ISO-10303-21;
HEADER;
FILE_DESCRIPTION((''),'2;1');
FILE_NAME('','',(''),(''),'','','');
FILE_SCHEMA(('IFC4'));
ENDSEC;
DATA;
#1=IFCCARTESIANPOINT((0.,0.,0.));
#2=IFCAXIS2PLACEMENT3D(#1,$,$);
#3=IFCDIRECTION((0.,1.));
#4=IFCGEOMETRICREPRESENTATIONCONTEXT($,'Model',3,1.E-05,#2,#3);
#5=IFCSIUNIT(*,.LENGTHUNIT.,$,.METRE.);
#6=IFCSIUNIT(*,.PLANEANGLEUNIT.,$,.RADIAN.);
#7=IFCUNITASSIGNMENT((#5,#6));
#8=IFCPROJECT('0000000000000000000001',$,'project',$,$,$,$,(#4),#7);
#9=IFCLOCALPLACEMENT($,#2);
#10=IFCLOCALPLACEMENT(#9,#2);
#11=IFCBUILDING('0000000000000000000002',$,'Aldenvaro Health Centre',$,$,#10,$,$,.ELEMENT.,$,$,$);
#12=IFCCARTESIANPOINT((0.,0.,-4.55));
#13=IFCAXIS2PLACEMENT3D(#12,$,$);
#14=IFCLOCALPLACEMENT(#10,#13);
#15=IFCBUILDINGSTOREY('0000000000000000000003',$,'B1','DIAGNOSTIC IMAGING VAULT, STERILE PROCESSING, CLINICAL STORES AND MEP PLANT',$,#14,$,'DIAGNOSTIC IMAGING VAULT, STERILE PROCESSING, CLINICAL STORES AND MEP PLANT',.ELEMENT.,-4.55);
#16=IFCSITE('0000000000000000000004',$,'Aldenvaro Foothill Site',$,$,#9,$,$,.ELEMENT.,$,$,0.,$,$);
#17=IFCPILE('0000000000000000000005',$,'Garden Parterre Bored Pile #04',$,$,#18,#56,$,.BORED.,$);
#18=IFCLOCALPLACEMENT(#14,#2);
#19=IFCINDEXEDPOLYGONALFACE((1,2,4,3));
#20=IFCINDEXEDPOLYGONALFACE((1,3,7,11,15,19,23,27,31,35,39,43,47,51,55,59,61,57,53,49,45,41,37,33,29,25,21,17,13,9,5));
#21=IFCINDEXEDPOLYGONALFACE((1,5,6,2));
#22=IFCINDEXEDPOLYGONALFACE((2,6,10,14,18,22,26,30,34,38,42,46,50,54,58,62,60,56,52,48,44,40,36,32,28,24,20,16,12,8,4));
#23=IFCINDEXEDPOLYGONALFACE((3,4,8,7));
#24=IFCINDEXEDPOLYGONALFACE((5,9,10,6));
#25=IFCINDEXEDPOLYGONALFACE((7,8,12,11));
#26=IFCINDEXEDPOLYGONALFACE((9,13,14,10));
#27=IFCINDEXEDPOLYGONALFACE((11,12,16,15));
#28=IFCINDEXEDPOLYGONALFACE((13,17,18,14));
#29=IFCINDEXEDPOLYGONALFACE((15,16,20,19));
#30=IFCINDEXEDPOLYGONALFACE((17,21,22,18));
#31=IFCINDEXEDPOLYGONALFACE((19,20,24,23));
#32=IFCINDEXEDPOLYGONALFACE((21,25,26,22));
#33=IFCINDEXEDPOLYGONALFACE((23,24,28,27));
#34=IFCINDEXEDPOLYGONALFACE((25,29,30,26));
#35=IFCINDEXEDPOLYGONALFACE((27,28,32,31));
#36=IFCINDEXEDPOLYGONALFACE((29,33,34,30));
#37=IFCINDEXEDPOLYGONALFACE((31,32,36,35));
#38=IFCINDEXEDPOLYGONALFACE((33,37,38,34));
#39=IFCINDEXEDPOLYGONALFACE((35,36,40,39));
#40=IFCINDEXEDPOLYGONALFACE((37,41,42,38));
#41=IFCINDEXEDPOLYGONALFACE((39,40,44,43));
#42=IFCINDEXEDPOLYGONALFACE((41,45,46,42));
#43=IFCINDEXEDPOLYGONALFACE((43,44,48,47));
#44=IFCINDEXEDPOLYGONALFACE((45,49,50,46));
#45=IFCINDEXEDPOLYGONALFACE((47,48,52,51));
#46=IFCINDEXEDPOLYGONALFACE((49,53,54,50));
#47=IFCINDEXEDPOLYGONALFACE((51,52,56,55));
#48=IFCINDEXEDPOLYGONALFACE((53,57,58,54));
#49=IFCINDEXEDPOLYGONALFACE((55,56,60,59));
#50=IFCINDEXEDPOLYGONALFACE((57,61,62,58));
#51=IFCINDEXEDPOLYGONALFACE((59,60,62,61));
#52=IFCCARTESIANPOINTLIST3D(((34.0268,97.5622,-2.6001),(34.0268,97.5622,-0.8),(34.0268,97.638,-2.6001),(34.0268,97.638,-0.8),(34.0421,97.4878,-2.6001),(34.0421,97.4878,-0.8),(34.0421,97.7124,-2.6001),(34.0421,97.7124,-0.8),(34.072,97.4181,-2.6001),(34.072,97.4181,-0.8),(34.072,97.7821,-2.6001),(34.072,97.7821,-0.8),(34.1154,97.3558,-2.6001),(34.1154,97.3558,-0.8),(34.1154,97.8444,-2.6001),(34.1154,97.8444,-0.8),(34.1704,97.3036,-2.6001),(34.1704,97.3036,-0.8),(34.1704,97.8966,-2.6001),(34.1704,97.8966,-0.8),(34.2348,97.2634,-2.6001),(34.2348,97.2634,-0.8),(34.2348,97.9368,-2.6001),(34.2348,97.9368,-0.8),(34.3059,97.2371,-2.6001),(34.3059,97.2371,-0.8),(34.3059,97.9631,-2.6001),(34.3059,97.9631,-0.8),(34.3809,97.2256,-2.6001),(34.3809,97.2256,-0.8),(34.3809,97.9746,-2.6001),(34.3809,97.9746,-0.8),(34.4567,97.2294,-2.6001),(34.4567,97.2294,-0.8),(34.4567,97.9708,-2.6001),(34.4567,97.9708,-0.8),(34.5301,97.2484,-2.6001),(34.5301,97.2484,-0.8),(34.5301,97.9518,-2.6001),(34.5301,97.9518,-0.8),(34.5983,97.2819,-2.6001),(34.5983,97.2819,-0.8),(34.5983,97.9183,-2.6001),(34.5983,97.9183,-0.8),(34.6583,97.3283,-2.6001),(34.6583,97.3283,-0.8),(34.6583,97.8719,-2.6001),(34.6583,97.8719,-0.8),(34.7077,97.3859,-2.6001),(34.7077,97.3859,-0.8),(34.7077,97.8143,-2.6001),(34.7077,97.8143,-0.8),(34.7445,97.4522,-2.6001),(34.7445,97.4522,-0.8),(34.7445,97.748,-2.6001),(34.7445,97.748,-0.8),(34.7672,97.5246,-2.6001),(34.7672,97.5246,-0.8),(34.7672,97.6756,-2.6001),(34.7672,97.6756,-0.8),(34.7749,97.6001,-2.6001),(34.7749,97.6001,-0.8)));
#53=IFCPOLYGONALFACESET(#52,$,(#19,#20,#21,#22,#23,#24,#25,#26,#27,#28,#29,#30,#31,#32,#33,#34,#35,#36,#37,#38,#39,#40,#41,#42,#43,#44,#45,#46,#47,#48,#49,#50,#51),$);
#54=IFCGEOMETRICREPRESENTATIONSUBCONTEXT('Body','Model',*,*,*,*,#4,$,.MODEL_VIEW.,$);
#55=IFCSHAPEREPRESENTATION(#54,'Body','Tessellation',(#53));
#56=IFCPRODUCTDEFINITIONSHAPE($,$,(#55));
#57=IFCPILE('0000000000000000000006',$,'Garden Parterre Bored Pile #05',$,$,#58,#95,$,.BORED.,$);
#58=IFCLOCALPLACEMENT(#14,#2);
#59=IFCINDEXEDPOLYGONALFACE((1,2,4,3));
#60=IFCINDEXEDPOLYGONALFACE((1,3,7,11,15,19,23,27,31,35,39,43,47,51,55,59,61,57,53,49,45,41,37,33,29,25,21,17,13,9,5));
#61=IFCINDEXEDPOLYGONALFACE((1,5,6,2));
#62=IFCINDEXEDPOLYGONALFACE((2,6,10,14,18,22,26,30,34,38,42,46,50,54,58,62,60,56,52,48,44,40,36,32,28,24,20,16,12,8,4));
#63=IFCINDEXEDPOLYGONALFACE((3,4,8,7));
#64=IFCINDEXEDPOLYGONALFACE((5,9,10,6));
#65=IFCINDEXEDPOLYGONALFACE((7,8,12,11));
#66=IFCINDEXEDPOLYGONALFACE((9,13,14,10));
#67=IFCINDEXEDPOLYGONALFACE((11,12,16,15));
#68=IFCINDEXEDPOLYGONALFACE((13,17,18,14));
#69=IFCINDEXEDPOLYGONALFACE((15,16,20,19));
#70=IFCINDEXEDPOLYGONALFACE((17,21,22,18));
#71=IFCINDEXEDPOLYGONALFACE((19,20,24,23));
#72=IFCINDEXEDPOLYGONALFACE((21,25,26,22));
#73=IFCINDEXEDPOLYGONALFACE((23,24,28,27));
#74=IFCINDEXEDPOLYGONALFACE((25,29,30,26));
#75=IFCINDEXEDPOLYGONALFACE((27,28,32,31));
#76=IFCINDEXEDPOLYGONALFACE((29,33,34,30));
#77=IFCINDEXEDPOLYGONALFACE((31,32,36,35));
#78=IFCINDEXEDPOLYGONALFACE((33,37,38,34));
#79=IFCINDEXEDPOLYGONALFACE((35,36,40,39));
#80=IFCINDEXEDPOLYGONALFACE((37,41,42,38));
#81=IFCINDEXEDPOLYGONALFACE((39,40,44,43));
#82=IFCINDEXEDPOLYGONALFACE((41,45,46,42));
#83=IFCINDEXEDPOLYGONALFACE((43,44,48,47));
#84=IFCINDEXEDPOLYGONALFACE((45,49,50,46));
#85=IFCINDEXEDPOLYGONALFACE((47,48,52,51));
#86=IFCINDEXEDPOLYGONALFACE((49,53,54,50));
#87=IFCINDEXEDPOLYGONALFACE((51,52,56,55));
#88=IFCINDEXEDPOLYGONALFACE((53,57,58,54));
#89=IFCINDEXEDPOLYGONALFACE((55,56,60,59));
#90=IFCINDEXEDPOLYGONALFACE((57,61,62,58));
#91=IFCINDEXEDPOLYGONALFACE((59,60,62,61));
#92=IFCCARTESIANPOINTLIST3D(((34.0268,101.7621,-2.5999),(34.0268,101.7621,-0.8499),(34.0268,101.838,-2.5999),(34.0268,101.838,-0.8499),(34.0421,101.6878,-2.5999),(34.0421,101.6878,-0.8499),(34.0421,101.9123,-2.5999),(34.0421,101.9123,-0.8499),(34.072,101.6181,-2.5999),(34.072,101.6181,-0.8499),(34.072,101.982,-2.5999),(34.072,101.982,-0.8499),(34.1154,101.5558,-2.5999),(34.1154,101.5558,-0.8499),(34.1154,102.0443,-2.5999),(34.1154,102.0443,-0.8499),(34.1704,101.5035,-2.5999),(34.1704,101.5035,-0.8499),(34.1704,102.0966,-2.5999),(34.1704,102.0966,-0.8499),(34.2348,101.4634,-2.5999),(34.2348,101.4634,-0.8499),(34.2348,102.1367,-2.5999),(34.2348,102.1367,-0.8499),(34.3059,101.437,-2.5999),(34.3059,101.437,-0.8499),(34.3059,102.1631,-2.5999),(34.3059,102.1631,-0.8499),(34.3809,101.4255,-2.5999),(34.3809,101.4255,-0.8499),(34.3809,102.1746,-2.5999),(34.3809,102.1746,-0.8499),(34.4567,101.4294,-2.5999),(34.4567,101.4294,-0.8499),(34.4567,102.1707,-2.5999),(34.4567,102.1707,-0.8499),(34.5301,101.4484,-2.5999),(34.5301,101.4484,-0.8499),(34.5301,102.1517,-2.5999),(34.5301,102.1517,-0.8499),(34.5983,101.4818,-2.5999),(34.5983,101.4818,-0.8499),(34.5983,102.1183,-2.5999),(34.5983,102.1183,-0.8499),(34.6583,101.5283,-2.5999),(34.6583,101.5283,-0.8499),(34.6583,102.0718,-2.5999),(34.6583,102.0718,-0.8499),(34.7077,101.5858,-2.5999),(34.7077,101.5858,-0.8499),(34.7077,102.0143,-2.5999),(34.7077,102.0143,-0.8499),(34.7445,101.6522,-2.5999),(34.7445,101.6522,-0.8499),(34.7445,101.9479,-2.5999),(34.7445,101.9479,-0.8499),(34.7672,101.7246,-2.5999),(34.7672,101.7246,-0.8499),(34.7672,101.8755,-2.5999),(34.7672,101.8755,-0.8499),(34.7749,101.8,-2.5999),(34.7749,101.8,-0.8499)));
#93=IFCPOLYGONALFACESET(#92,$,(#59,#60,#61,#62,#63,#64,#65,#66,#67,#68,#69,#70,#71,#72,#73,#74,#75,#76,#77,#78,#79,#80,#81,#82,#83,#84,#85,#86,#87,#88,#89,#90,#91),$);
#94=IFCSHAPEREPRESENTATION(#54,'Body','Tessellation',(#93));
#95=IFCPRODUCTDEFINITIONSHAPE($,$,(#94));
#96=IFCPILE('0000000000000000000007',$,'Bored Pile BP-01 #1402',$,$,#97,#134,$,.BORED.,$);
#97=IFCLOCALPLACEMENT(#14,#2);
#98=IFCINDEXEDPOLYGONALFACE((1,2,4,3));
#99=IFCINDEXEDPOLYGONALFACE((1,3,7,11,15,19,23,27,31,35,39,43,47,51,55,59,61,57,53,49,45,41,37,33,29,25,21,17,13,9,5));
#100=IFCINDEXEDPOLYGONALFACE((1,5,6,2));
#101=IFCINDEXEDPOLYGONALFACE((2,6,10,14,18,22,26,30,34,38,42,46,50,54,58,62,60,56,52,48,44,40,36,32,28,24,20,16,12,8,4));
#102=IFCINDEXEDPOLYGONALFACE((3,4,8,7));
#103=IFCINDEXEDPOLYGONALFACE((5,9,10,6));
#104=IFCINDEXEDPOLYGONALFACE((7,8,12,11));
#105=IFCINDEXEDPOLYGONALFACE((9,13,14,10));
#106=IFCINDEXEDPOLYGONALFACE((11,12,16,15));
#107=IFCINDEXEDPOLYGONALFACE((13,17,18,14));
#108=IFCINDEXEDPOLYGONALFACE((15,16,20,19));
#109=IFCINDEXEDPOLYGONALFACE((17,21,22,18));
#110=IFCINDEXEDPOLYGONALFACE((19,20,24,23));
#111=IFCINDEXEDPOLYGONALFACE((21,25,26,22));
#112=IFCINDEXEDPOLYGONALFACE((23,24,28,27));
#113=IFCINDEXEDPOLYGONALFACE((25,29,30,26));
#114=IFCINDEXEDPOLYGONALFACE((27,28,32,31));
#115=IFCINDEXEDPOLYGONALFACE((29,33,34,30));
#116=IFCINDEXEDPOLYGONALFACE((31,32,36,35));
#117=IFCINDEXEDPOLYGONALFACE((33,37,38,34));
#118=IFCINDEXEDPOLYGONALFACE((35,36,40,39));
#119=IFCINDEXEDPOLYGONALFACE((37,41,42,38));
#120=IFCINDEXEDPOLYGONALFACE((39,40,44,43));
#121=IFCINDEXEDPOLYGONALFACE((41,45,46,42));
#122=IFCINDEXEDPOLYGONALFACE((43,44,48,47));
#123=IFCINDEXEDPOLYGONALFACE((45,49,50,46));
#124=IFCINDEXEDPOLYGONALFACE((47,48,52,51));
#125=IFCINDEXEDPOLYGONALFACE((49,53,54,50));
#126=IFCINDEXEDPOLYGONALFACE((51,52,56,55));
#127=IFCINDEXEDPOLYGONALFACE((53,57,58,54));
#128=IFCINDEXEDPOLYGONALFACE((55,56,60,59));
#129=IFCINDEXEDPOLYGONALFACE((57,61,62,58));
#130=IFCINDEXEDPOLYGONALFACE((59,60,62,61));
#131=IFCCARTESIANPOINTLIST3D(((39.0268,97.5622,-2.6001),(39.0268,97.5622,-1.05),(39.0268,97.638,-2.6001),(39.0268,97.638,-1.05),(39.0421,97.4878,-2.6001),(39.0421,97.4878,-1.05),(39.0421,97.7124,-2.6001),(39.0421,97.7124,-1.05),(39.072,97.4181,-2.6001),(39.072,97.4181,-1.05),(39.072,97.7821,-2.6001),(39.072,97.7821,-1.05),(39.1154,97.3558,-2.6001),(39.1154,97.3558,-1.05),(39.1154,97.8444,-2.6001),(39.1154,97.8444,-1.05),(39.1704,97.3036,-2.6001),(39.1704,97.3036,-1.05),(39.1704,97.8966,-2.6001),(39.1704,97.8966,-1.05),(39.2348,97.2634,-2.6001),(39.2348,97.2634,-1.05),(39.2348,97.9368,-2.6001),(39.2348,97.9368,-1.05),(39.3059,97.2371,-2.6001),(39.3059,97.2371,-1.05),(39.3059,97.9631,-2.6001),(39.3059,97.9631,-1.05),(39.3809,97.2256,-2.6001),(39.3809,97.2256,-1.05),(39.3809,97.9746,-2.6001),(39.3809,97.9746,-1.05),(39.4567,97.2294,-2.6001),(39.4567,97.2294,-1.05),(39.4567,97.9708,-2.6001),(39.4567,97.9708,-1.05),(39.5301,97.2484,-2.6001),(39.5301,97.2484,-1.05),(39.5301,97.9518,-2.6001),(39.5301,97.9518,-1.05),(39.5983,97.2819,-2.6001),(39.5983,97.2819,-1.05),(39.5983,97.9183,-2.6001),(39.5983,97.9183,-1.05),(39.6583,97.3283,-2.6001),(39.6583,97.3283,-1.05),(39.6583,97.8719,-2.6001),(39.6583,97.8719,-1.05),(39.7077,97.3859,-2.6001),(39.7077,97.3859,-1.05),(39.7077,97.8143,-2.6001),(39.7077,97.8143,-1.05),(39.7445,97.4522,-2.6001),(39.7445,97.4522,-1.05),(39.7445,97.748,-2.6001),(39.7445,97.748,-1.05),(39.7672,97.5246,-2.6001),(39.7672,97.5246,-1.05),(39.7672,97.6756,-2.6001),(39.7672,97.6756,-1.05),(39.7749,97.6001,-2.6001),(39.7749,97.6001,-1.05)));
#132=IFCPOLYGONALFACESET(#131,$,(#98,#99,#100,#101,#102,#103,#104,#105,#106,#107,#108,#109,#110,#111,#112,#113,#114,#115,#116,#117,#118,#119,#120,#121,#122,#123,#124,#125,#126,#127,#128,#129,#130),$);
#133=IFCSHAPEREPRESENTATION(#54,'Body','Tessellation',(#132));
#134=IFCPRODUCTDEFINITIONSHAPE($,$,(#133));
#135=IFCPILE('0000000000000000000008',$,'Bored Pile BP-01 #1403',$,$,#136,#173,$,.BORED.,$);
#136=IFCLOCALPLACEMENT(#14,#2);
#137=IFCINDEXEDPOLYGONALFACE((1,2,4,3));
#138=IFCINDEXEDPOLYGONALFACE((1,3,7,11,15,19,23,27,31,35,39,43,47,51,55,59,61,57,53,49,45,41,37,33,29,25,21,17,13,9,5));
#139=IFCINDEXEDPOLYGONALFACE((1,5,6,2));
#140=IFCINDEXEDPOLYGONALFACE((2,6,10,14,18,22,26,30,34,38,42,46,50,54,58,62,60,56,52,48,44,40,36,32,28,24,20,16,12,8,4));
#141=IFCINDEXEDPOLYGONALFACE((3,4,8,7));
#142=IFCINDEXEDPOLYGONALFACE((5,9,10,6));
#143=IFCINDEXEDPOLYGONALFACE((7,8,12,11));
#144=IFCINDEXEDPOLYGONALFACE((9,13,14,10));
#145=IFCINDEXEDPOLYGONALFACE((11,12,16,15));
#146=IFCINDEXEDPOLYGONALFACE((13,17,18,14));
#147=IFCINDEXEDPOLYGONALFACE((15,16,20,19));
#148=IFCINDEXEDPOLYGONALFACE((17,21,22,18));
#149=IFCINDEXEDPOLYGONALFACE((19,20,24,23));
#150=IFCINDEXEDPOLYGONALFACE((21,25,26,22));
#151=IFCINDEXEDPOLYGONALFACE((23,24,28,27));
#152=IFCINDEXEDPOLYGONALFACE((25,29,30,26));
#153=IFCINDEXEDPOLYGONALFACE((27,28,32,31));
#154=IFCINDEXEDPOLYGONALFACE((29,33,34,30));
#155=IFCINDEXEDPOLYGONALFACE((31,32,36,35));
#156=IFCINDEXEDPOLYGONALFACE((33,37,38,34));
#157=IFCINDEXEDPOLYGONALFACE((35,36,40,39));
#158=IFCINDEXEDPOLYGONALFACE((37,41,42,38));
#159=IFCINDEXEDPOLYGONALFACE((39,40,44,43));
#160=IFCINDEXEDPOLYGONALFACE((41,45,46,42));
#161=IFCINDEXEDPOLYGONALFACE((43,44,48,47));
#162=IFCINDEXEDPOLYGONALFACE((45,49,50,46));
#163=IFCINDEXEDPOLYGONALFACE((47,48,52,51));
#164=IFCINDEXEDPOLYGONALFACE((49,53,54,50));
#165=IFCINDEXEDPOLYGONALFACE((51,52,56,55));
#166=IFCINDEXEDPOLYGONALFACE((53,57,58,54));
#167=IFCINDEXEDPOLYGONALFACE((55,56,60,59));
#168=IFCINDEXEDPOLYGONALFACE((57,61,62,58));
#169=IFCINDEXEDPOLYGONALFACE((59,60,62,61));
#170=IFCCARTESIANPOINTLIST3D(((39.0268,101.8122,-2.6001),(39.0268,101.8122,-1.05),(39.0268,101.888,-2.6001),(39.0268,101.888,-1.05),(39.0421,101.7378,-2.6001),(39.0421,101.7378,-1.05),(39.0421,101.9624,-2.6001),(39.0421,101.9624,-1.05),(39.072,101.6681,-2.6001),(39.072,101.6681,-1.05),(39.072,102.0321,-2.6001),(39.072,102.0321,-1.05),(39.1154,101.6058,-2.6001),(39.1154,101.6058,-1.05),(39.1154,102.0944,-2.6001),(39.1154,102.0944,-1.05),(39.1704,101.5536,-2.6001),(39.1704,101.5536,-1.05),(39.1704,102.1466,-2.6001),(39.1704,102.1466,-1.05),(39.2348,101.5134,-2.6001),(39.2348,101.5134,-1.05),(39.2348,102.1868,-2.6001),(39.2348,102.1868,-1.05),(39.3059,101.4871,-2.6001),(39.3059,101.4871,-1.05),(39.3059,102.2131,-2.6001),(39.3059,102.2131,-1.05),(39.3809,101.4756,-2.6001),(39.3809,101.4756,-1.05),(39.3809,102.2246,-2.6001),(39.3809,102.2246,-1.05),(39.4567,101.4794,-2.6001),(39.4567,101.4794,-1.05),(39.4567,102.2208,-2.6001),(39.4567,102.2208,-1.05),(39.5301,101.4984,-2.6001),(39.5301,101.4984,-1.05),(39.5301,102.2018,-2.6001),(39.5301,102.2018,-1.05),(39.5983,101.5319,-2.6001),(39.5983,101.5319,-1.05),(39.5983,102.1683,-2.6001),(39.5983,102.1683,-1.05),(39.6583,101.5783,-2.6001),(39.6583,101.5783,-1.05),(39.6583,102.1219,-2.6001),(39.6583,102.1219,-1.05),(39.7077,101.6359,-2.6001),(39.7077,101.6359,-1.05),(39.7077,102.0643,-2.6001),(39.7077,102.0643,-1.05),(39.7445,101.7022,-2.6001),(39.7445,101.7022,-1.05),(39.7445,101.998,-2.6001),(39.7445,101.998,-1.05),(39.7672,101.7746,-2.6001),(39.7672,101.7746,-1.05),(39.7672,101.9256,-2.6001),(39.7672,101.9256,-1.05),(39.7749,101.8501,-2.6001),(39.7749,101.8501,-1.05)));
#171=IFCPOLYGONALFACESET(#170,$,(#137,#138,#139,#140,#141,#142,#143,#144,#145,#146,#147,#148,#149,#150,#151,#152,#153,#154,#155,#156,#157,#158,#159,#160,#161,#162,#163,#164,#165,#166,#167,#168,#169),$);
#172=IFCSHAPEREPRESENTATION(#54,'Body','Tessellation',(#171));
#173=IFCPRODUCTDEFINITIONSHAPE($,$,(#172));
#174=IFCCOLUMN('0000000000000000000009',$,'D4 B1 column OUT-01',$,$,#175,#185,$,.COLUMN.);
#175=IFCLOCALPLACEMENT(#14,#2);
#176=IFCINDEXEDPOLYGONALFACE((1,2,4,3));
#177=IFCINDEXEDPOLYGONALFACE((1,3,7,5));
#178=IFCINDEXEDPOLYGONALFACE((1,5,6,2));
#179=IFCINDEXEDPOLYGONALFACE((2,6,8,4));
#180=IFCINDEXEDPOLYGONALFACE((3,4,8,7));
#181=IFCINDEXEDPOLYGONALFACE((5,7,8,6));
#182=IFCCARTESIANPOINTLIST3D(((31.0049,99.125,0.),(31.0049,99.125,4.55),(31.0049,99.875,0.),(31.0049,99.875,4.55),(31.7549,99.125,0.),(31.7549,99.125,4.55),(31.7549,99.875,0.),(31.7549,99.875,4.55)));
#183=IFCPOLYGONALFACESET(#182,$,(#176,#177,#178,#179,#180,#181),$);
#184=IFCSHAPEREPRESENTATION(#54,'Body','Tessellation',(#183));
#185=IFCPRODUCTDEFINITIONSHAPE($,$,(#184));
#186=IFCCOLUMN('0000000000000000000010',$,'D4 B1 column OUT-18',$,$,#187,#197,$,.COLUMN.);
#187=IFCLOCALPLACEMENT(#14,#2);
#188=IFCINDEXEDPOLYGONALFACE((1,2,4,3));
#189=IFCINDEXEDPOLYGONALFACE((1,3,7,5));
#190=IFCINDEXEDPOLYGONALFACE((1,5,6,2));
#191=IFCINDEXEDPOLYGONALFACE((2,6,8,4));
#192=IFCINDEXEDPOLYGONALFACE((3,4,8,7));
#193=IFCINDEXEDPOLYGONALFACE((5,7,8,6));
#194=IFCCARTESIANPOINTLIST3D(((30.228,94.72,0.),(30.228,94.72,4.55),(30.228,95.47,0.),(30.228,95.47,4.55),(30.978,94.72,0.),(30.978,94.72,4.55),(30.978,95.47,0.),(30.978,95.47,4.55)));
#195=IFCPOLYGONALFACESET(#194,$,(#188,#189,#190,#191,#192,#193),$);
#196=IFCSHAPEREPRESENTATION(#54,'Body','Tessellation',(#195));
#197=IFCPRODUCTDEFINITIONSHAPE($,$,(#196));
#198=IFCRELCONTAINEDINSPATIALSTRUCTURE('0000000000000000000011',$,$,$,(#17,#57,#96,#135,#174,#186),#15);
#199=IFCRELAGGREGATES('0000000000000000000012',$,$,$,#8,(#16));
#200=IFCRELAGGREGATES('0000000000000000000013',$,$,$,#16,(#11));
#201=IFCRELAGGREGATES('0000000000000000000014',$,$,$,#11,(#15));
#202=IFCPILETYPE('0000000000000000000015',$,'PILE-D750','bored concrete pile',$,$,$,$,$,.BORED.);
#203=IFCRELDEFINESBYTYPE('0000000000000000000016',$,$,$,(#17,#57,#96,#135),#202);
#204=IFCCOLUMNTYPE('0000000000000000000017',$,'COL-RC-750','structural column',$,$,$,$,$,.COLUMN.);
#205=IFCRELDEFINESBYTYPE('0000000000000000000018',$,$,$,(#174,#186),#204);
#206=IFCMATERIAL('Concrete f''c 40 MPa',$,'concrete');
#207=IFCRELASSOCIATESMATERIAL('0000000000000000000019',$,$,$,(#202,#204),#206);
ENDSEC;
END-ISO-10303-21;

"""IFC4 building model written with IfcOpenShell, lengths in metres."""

from ifc_helpers import new_model, si_unit, direction, frame, origin, origin_2d, place, context, subcontext, project, spatial, rectangle, circle, extrude, material, material_profile, profile_set, type_object, element, save


model = new_model("IFC4")

# Units and contexts
model_context = context("Model", 3, precision=1e-05, world=origin(), true_north=direction((0.0, 1.0)))
body_context = subcontext(model_context, "Body", "Model", "MODEL_VIEW")
ifc_project = project(units=[si_unit("LENGTHUNIT", "METRE"), si_unit("PLANEANGLEUNIT", "RADIAN")], contexts=[model_context])

# Site, building, storey
site_placement = place(None, origin())
site = spatial("IfcSite", under=ifc_project, at=site_placement, Name="Aldenvaro Foothill Site", CompositionType="ELEMENT", RefElevation=0.0)
building_placement = place(site_placement, origin())
building = spatial("IfcBuilding", under=site, at=building_placement, Name="Aldenvaro Health Centre", CompositionType="ELEMENT")
storey_placement = place(building_placement, frame((0.0, 0.0, -4.55)))
storey = spatial("IfcBuildingStorey", under=building, at=storey_placement, Name="B1", Description="DIAGNOSTIC IMAGING VAULT, STERILE PROCESSING, CLINICAL STORES AND MEP PLANT", LongName="DIAGNOSTIC IMAGING VAULT, STERILE PROCESSING, CLINICAL STORES AND MEP PLANT", CompositionType="ELEMENT", Elevation=-4.55)

# Shared definitions
ifc_material_1 = material(Name="Concrete f'c 40 MPa", Category="concrete")

# Piles
ifc_material_profile_1 = material_profile(ifc_material_1, circle(Radius=0.375, at=origin_2d()), Name="PILE D750", Category="concrete")
ifc_profile_set_1 = profile_set([ifc_material_profile_1], Name="Concrete f'c 40 MPa")
pile_type_1 = type_object("IfcPileType", Name="PILE-D750", Description="bored concrete pile", PredefinedType="BORED", material=ifc_profile_set_1)
pile_1_placement = place(storey_placement, frame((34.3999, 97.6001, -0.8), z_axis=(0.0, 0.0, -1.0), x_axis=(1.0, 0.0, 0.0)))
element("IfcPile", 1, at=pile_1_placement, inside=storey, type_object=pile_type_1, Name="Garden Parterre Bored Pile #04", PredefinedType="BORED", context=body_context, shape_type="SweptSolid", body=[
    extrude(circle(Radius=0.375, at=origin_2d()), origin(), (0.0, 0.0, 1.0), 1.8),
])
pile_2_placement = place(storey_placement, frame((34.3999, 101.8, -0.8499), z_axis=(0.0, 0.0, -1.0), x_axis=(1.0, 0.0, 0.0)))
element("IfcPile", 2, at=pile_2_placement, inside=storey, type_object=pile_type_1, Name="Garden Parterre Bored Pile #05", PredefinedType="BORED", context=body_context, shape_type="SweptSolid", body=[
    extrude(circle(Radius=0.375, at=origin_2d()), origin(), (0.0, 0.0, 1.0), 1.75),
])
for number, where, z_axis, x_axis, name in (
    (3, (39.3999, 97.6001, -1.05), (0.0, 0.0, -1.0), (1.0, 0.0, 0.0), "Bored Pile BP-01 #1402"),
    (4, (39.3999, 101.8501, -1.05), (0.0, 0.0, -1.0), (1.0, 0.0, 0.0), "Bored Pile BP-01 #1403"),
):
    element("IfcPile", number, at=place(storey_placement, frame(where, z_axis=z_axis, x_axis=x_axis)), inside=storey, type_object=pile_type_1, Name=name, PredefinedType="BORED", context=body_context, shape_type="SweptSolid", body=[
        extrude(circle(Radius=0.375, at=origin_2d()), origin(), (0.0, 0.0, 1.0), 1.55),
    ])

# Columns
ifc_material_profile_2 = material_profile(ifc_material_1, rectangle(XDim=0.75, YDim=0.75, at=origin_2d()), Name="RC 750x750", Category="concrete")
ifc_profile_set_2 = profile_set([ifc_material_profile_2], Name="Concrete f'c 40 MPa")
column_type_1 = type_object("IfcColumnType", Name="COL-RC-750", Description="structural column", PredefinedType="COLUMN", material=ifc_profile_set_2)
for number, where, z_axis, x_axis, name in (
    (5, (31.3799, 99.5, 0.0), (0.0, 0.0, 1.0), (1.0, 0.0, 0.0), "D4 B1 column OUT-01"),
    (6, (30.603, 95.095, 0.0), (0.0, 0.0, 1.0), (1.0, 0.0, 0.0), "D4 B1 column OUT-18"),
):
    element("IfcColumn", number, at=place(storey_placement, frame(where, z_axis=z_axis, x_axis=x_axis)), inside=storey, type_object=column_type_1, Name=name, PredefinedType="COLUMN", context=body_context, shape_type="SweptSolid", body=[
        extrude(rectangle(XDim=0.75, YDim=0.75, at=origin_2d()), origin(), (0.0, 0.0, 1.0), 4.55),
    ])

save(model, "model.ifc")
